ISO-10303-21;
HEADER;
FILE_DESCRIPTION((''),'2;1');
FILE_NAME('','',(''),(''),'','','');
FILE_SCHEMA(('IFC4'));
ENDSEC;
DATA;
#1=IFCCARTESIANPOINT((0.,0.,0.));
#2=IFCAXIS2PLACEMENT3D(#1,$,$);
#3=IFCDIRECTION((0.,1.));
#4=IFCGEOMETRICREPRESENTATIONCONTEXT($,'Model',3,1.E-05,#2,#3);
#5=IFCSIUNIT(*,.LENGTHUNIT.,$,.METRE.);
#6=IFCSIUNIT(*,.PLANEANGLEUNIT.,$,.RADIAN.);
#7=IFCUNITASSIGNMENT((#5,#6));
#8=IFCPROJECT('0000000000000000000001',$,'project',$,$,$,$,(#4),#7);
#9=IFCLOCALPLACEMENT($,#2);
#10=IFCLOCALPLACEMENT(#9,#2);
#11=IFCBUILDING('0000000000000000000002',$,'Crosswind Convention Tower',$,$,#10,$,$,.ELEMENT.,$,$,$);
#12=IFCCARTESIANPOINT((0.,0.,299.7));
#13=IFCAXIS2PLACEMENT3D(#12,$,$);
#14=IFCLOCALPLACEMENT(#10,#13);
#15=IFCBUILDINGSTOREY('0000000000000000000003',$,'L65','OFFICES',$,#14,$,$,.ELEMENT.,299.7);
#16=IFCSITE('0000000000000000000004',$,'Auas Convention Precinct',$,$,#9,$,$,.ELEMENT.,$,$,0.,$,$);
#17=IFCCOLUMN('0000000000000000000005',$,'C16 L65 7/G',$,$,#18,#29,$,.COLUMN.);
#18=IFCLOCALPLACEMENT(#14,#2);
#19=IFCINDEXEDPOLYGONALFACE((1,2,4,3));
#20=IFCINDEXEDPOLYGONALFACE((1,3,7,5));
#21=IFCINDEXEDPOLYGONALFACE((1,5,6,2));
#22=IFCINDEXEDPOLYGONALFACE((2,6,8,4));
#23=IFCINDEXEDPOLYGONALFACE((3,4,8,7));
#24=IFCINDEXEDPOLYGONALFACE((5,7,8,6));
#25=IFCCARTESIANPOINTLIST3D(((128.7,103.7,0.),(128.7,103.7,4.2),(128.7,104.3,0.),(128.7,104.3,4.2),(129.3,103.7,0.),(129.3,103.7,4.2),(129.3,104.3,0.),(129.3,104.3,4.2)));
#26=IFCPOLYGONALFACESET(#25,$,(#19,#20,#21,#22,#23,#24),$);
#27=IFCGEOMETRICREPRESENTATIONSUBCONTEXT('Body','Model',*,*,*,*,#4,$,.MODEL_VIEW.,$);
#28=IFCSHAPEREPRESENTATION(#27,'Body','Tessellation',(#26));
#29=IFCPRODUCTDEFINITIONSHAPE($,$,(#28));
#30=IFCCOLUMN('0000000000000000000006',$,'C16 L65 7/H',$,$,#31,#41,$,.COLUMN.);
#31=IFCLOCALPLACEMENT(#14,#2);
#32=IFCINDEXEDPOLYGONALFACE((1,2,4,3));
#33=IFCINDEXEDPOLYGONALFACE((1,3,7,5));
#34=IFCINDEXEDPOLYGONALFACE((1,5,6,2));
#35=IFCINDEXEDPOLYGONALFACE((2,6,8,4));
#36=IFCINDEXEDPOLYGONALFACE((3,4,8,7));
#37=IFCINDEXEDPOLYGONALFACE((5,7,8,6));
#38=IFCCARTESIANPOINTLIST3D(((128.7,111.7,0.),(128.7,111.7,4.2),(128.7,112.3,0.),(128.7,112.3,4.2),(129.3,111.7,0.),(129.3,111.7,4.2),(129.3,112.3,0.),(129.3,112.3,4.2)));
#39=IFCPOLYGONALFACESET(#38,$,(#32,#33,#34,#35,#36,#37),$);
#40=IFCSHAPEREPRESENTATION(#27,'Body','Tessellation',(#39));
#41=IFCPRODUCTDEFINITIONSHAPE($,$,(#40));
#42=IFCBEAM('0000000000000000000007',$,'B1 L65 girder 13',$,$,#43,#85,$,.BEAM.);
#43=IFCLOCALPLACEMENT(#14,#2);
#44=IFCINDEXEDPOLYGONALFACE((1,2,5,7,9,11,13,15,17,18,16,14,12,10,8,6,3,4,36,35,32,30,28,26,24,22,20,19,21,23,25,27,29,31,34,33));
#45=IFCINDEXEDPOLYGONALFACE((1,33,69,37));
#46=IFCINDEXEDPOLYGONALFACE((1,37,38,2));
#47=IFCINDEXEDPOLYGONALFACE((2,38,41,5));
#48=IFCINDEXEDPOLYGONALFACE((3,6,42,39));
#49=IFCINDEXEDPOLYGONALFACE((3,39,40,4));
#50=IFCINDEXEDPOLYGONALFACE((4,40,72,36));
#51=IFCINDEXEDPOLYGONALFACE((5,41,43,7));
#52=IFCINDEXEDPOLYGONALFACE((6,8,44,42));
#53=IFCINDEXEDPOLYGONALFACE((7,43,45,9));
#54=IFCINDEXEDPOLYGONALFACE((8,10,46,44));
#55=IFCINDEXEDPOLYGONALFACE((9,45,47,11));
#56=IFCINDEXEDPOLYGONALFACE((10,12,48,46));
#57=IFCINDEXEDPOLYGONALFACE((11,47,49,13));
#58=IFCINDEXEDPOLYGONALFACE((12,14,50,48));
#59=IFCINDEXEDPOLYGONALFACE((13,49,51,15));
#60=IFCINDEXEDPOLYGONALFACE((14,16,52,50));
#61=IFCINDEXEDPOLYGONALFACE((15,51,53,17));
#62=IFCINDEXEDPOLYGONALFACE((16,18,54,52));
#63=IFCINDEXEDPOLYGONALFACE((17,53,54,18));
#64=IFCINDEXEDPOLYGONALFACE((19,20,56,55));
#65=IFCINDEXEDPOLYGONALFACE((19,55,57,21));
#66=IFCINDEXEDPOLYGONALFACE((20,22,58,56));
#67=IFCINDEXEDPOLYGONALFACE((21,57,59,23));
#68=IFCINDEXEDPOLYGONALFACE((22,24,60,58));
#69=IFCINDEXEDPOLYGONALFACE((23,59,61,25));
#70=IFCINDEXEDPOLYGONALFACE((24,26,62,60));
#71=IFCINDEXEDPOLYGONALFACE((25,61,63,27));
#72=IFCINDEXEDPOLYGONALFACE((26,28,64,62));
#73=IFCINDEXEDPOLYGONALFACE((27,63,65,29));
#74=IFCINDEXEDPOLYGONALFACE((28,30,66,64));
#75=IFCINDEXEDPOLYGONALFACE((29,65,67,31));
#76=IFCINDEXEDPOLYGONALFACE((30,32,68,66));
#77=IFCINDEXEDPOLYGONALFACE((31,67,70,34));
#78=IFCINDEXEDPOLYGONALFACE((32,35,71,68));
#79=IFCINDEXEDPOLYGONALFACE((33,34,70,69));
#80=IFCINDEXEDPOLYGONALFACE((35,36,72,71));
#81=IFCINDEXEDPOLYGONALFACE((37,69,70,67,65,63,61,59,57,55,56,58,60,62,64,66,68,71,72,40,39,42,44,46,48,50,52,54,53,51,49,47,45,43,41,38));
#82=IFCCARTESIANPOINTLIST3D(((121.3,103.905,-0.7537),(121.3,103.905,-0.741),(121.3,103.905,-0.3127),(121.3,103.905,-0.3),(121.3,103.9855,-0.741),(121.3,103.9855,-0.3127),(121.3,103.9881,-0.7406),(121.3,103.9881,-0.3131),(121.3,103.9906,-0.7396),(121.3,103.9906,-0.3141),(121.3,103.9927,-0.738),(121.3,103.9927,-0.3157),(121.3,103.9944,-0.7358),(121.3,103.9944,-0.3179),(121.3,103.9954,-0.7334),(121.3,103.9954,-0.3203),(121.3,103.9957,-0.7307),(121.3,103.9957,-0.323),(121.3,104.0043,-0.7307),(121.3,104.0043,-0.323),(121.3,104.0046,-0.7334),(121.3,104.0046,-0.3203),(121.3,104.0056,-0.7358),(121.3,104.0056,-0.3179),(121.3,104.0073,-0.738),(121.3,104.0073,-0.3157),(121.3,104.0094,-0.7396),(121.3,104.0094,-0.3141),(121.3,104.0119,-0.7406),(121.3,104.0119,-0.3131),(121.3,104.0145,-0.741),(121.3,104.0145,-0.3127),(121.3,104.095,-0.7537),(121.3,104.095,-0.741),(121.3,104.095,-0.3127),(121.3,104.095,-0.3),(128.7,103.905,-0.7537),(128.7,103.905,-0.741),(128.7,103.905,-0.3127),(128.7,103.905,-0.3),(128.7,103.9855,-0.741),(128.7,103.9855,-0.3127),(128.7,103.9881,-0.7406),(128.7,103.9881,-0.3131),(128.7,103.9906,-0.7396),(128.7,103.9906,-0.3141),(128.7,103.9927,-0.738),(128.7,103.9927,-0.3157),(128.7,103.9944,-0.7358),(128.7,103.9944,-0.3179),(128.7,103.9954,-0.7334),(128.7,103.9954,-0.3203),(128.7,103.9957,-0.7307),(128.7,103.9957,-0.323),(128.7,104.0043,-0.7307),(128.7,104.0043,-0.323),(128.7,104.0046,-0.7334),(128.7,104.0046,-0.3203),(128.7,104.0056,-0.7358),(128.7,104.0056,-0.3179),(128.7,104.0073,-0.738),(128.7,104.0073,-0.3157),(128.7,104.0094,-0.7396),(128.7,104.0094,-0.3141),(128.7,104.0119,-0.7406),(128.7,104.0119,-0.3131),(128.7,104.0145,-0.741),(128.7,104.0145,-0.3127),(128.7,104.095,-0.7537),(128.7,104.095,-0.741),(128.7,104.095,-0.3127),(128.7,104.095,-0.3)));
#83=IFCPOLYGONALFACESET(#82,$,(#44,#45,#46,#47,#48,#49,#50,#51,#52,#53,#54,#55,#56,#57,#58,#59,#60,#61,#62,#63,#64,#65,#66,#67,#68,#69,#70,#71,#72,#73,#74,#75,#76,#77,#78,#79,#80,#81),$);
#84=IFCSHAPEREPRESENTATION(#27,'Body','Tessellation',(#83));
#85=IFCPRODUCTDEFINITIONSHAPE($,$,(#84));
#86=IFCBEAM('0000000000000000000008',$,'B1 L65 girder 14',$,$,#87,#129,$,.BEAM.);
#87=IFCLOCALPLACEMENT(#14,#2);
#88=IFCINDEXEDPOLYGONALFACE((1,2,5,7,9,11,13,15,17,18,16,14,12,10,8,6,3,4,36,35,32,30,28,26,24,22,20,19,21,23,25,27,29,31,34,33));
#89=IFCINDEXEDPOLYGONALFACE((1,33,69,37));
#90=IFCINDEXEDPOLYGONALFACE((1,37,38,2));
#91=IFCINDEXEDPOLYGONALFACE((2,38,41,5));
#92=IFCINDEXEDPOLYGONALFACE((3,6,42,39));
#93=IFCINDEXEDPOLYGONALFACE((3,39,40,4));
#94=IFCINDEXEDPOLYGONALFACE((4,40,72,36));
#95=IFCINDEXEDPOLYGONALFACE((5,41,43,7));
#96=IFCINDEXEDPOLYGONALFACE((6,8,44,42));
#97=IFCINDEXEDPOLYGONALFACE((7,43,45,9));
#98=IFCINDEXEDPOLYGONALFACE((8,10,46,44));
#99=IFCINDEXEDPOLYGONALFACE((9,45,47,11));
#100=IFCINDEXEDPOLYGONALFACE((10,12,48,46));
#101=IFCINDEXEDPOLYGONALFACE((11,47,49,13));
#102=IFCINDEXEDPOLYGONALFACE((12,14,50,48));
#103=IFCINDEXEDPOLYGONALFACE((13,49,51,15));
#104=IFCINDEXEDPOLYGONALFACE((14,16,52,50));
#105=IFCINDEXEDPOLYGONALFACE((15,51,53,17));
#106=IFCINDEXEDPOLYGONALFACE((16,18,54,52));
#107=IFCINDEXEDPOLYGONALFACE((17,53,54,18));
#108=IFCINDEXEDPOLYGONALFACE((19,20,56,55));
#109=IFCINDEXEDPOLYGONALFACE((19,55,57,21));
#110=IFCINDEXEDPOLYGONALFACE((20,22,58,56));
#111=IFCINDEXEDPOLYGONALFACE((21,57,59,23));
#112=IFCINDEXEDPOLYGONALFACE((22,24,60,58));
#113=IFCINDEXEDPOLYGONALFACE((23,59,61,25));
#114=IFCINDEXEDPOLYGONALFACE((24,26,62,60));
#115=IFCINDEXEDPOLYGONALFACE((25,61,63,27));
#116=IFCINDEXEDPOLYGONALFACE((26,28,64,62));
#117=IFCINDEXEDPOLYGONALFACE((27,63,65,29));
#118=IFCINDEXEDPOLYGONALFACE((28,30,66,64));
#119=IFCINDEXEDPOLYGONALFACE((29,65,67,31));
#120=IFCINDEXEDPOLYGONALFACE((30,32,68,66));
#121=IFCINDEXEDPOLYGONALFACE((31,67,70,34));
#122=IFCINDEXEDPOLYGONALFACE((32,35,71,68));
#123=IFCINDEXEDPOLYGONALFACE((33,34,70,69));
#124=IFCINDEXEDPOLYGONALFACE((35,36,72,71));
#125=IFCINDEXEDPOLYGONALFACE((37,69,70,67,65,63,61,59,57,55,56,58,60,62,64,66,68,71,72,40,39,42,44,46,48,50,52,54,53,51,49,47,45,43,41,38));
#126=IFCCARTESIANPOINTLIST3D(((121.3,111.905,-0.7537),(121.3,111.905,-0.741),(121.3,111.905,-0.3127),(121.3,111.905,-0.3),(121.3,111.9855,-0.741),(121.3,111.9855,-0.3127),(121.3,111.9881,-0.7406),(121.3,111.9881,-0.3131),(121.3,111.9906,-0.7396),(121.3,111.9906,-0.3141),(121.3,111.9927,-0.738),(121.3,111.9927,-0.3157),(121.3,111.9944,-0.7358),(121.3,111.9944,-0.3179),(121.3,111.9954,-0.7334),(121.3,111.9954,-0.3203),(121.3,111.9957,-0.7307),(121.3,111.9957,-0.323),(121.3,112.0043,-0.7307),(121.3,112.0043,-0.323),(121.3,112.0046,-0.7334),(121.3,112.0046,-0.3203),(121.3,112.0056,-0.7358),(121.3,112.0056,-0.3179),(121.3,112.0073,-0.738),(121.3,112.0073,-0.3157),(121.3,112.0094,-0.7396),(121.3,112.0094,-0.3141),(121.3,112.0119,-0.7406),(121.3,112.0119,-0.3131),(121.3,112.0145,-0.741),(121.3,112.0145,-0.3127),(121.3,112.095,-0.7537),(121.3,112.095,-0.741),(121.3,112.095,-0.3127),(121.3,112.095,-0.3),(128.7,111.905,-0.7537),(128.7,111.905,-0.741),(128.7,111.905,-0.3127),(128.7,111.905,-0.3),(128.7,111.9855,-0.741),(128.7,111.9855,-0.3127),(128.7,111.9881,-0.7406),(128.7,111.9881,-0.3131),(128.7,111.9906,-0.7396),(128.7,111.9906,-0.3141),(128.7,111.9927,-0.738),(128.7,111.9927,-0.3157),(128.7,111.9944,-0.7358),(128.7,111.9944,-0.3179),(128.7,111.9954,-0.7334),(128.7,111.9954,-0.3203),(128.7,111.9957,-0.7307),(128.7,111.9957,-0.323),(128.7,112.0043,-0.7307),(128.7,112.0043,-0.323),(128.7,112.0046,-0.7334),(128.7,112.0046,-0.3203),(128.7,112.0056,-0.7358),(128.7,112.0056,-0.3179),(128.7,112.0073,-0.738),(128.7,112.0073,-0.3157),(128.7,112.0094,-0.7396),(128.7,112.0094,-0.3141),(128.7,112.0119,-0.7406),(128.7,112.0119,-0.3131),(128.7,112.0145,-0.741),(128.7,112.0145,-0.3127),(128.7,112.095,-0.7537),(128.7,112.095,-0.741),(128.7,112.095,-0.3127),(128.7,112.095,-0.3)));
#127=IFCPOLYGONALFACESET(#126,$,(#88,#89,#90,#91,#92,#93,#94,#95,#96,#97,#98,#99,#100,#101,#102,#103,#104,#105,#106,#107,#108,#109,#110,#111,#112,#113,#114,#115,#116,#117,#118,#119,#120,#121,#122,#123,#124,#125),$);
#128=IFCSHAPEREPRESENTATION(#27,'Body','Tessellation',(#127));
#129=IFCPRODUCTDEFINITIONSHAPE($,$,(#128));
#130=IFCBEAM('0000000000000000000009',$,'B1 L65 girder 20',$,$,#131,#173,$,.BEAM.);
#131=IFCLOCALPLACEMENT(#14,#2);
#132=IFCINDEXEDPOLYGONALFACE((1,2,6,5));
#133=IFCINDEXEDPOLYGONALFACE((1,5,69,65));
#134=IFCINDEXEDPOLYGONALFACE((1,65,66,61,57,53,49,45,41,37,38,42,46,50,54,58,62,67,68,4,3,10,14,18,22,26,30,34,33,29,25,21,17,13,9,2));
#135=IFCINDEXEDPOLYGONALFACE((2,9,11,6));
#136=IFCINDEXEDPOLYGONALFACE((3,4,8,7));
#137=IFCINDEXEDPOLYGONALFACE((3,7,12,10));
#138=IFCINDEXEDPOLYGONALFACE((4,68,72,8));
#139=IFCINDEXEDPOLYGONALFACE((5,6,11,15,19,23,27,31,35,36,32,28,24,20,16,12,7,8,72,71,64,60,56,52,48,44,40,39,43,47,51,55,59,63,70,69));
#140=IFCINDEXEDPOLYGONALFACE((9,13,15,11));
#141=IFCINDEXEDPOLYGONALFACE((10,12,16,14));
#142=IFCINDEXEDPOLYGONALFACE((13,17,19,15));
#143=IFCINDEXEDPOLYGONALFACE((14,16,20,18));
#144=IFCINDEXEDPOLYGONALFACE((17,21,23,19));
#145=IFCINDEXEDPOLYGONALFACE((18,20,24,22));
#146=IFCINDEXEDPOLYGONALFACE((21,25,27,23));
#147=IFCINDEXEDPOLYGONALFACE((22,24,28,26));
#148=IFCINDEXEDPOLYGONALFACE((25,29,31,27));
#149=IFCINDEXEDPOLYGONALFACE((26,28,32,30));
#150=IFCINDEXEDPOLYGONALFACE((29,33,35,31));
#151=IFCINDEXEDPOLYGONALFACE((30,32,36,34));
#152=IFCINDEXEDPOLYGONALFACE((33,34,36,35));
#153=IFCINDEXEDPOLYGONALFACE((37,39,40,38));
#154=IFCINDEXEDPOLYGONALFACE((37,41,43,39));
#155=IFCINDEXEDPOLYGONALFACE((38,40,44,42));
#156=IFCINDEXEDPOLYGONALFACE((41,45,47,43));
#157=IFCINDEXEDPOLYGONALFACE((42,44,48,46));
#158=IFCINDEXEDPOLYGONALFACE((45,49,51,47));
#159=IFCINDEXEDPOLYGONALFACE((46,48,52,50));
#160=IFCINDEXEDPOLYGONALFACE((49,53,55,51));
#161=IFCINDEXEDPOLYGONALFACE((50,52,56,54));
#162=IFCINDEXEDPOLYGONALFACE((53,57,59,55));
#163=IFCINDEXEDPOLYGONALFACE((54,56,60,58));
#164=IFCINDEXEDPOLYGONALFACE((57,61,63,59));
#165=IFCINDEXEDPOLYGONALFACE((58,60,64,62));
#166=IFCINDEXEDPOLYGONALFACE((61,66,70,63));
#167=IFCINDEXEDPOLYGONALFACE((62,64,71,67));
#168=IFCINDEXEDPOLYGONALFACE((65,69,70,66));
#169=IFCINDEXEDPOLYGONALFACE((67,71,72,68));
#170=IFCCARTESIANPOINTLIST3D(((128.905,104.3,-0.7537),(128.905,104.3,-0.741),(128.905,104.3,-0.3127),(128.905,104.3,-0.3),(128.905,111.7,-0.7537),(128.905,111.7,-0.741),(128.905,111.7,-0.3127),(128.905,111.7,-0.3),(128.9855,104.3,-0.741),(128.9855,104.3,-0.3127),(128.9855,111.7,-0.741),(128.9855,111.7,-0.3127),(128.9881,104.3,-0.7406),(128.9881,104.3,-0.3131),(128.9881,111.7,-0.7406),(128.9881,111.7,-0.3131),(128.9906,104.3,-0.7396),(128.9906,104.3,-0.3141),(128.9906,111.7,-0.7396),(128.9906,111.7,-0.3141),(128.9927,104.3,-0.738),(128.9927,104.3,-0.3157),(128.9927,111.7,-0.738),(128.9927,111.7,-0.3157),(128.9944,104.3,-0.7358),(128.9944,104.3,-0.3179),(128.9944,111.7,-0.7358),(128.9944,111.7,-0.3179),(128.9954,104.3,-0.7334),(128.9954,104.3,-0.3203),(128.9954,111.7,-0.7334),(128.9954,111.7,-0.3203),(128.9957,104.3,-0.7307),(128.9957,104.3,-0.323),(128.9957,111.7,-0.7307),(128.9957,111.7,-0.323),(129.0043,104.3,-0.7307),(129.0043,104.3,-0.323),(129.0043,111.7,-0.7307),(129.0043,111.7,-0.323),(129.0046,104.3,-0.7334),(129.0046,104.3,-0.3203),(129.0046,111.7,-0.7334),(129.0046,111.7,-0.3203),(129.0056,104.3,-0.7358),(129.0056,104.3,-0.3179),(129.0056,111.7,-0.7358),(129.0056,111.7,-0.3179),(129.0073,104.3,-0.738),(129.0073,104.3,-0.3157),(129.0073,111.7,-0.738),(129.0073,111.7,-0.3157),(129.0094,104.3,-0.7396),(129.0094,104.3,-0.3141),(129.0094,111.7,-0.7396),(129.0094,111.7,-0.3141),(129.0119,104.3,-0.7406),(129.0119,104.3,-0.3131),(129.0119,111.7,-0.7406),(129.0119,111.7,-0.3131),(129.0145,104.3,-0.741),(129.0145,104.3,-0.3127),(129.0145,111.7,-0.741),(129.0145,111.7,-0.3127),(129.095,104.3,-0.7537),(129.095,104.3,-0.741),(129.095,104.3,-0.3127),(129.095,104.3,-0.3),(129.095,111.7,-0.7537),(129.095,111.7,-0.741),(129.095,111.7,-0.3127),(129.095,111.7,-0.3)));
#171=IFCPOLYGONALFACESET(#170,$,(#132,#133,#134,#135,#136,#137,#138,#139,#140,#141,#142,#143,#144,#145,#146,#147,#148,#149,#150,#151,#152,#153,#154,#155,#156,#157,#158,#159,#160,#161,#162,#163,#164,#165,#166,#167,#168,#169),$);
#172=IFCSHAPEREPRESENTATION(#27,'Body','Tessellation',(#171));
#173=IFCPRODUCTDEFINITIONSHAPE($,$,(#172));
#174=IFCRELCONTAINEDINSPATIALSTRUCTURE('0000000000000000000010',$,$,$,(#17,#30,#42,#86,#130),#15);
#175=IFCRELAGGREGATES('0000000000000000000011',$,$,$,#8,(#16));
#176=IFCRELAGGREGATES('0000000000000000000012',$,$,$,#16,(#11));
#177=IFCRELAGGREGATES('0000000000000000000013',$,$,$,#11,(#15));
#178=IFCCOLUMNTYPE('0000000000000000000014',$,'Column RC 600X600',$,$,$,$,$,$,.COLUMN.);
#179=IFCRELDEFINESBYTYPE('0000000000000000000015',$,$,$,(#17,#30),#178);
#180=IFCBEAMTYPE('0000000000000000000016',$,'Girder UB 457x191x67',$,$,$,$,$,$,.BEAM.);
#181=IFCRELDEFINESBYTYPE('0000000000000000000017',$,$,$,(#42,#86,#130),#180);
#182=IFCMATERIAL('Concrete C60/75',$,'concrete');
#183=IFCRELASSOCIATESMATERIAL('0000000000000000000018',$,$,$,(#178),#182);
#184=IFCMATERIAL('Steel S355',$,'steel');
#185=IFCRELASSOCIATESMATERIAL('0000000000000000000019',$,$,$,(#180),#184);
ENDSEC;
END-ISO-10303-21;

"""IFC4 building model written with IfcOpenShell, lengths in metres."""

from ifc_helpers import new_model, si_unit, direction, frame, origin, origin_2d, place, context, subcontext, project, spatial, rectangle, i_section, extrude, material, material_profile, profile_set, type_object, element, save


model = new_model("IFC4")

# Units and contexts
model_context = context("Model", 3, precision=1e-05, world=origin(), true_north=direction((0.0, 1.0)))
body_context = subcontext(model_context, "Body", "Model", "MODEL_VIEW")
ifc_project = project(units=[si_unit("LENGTHUNIT", "METRE"), si_unit("PLANEANGLEUNIT", "RADIAN")], contexts=[model_context])

# Site, building, storey
site_placement = place(None, origin())
site = spatial("IfcSite", under=ifc_project, at=site_placement, Name="Auas Convention Precinct", CompositionType="ELEMENT", RefElevation=0.0)
building_placement = place(site_placement, origin())
building = spatial("IfcBuilding", under=site, at=building_placement, Name="Crosswind Convention Tower", CompositionType="ELEMENT")
storey_placement = place(building_placement, frame((0.0, 0.0, 299.7)))
storey = spatial("IfcBuildingStorey", under=building, at=storey_placement, Name="L65", Description="OFFICES", CompositionType="ELEMENT", Elevation=299.7)

# Columns
ifc_material_1 = material(Name="Concrete C60/75", Category="concrete")
ifc_material_profile_1 = material_profile(ifc_material_1, rectangle(XDim=0.6001, YDim=0.6001, at=origin_2d()), Name="RC 600X600")
ifc_profile_set_1 = profile_set([ifc_material_profile_1], Name="Concrete C60/75")
column_type = type_object("IfcColumnType", Name="Column RC 600X600", PredefinedType="COLUMN", material=ifc_profile_set_1)
for number, where, z_axis, x_axis, name in (
    (1, (129.0, 104.0, 0.0), (0.0, 0.0, 1.0), (1.0, 0.0, 0.0), "C16 L65 7/G"),
    (2, (129.0, 112.0, 0.0), (0.0, 0.0, 1.0), (1.0, 0.0, 0.0), "C16 L65 7/H"),
):
    element("IfcColumn", number, at=place(storey_placement, frame(where, z_axis=z_axis, x_axis=x_axis)), inside=storey, type_object=column_type, Name=name, PredefinedType="COLUMN", context=body_context, shape_type="SweptSolid", body=[
        extrude(rectangle(XDim=0.6001, YDim=0.6001, at=origin_2d()), origin(), (0.0, 0.0, 1.0), 4.2),
    ])

# Beams
ifc_material_2 = material(Name="Steel S355", Category="steel")
ifc_material_profile_2 = material_profile(ifc_material_2, i_section(OverallWidth=0.1899, OverallDepth=0.4536, WebThickness=0.0085, FlangeThickness=0.0127, FilletRadius=0.0103, at=origin_2d()), Name="UB 457x191x67")
ifc_profile_set_2 = profile_set([ifc_material_profile_2], Name="Steel S355")
beam_type_1 = type_object("IfcBeamType", Name="Girder UB 457x191x67", PredefinedType="BEAM", material=ifc_profile_set_2)
for number, where, z_axis, x_axis, name in (
    (3, (121.3, 104.0, -0.5269), (1.0, 0.0, 0.0), (0.0, 1.0, 0.0), "B1 L65 girder 13"),
    (4, (121.3, 112.0, -0.5269), (1.0, 0.0, 0.0), (0.0, 1.0, 0.0), "B1 L65 girder 14"),
    (5, (129.0, 104.3, -0.5269), (0.0, 1.0, 0.0), (-1.0, 0.0, 0.0), "B1 L65 girder 20"),
):
    element("IfcBeam", number, at=place(storey_placement, frame(where, z_axis=z_axis, x_axis=x_axis)), inside=storey, type_object=beam_type_1, Name=name, PredefinedType="BEAM", context=body_context, shape_type="SweptSolid", body=[
        extrude(i_section(OverallWidth=0.1899, OverallDepth=0.4536, WebThickness=0.0085, FlangeThickness=0.0127, FilletRadius=0.0103, at=origin_2d()), origin(), (0.0, 0.0, 1.0), 7.3999),
    ])

save(model, "model.ifc")
